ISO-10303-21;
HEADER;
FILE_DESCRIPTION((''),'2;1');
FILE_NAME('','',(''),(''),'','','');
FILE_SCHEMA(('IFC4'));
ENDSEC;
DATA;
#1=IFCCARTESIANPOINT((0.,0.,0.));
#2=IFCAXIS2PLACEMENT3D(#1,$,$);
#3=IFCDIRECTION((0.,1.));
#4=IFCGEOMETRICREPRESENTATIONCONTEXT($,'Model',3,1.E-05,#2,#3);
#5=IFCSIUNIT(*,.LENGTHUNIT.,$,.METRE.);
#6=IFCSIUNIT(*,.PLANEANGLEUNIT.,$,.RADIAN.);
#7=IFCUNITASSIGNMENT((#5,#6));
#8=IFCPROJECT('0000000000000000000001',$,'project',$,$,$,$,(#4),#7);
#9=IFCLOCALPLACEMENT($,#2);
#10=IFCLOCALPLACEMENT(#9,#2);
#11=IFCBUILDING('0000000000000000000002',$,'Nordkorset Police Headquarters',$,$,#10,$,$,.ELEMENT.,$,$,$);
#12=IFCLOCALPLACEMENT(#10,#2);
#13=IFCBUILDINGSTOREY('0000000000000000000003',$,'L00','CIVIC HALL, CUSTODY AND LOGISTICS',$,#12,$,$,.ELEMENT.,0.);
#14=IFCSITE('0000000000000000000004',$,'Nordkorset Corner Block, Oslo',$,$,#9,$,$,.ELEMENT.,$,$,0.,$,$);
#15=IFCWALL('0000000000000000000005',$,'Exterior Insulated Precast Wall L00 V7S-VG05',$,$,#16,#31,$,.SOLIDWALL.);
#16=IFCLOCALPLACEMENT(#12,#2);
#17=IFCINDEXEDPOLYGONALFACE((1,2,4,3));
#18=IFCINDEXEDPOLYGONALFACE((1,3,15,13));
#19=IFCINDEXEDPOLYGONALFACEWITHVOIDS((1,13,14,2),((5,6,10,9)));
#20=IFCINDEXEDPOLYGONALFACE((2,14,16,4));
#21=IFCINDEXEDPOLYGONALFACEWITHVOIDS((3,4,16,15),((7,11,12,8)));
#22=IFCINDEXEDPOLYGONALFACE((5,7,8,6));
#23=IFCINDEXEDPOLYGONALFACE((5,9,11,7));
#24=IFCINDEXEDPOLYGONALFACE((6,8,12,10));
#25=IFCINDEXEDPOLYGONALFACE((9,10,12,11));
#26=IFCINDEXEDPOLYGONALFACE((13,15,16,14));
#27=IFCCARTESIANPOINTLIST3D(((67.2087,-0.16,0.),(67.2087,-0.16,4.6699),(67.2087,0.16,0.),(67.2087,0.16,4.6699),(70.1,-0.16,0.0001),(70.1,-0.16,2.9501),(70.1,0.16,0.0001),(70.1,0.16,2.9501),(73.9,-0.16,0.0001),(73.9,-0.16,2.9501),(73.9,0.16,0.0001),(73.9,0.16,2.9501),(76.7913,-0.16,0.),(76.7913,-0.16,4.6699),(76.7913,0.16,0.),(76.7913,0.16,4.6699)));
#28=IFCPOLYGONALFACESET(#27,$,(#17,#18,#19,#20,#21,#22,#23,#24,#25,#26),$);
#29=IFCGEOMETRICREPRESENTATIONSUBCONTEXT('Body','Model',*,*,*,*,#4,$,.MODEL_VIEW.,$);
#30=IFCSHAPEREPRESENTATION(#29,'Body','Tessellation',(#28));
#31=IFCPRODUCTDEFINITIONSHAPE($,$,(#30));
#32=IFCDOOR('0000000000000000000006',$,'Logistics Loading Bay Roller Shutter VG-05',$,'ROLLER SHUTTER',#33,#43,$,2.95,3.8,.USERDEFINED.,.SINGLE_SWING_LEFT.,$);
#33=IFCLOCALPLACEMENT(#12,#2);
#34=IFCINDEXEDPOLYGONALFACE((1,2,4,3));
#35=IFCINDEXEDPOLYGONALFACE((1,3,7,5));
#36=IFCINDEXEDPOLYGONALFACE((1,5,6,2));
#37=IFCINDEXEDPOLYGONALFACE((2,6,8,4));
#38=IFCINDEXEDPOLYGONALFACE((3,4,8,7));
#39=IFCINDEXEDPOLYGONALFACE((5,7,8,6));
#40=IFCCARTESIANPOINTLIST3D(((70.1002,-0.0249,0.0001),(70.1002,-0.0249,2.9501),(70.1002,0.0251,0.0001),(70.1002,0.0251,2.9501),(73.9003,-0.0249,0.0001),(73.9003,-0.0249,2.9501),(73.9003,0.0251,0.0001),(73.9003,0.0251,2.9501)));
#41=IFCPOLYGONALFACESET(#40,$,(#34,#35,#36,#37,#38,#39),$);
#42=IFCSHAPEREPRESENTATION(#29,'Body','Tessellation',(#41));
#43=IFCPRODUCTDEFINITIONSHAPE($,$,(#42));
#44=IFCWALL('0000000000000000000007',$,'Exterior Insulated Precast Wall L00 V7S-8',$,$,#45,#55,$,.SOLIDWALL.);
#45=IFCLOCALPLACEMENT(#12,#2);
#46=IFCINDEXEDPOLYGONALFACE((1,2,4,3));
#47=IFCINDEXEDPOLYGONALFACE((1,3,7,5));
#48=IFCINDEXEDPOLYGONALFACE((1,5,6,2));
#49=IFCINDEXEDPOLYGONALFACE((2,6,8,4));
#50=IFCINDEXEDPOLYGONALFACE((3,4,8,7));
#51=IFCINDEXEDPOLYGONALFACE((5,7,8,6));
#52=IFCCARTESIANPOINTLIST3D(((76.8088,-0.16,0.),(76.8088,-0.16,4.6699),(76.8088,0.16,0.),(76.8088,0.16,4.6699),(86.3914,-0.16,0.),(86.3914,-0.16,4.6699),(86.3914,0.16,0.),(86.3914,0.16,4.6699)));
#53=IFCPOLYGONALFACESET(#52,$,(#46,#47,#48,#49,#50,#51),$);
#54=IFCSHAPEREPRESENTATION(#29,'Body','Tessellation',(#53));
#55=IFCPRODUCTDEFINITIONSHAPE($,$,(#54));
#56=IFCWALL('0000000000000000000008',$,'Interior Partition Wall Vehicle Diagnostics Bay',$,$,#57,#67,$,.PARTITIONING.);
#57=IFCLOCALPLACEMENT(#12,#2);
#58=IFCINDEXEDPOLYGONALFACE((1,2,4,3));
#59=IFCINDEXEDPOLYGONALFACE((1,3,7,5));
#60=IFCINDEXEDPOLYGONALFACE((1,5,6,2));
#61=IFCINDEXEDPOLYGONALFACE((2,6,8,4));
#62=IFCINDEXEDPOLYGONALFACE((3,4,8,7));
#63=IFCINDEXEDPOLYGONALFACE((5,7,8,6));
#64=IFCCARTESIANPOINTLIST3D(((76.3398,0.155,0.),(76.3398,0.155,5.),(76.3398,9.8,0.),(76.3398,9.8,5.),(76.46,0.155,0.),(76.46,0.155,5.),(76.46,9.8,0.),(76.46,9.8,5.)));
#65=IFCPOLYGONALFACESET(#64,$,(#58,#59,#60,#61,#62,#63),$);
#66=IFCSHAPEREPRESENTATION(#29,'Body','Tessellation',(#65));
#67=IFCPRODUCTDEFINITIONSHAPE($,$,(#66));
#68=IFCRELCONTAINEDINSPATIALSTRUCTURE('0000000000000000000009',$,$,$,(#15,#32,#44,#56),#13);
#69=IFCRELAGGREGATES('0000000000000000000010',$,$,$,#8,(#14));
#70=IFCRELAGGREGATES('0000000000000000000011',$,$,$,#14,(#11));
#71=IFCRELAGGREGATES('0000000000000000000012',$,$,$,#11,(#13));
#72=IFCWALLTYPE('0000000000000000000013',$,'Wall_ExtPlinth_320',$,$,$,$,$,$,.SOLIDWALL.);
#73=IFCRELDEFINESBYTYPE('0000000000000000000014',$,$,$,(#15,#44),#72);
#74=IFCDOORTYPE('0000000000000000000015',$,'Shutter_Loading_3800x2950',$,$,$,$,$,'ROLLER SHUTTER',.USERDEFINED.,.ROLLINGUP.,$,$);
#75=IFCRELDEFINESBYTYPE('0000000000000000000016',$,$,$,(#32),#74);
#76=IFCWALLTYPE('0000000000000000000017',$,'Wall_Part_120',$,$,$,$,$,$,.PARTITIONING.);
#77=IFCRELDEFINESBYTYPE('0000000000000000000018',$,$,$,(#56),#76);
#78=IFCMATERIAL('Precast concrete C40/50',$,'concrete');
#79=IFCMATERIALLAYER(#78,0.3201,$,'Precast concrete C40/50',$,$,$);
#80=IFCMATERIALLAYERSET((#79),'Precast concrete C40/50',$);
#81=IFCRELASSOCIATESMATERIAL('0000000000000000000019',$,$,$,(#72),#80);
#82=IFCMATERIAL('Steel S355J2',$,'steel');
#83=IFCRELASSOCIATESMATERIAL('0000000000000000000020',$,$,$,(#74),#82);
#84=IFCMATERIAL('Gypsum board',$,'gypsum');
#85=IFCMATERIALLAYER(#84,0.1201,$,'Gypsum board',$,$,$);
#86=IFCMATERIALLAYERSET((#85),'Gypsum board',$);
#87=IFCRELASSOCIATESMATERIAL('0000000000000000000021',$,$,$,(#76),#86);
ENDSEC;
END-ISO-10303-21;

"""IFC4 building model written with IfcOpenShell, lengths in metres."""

from ifc_helpers import new_model, si_unit, direction, frame, frame_2d, origin, place, context, subcontext, project, spatial, rectangle, extrude, material, layer, layer_set, type_object, element, fill, save


model = new_model("IFC4")

# Units and contexts
model_context = context("Model", 3, precision=1e-05, world=origin(), true_north=direction((0.0, 1.0)))
body_context = subcontext(model_context, "Body", "Model", "MODEL_VIEW")
ifc_project = project(units=[si_unit("LENGTHUNIT", "METRE"), si_unit("PLANEANGLEUNIT", "RADIAN")], contexts=[model_context])

# Site, building, storey
site_placement = place(None, origin())
site = spatial("IfcSite", under=ifc_project, at=site_placement, Name="Nordkorset Corner Block, Oslo", CompositionType="ELEMENT", RefElevation=0.0)
building_placement = place(site_placement, origin())
building = spatial("IfcBuilding", under=site, at=building_placement, Name="Nordkorset Police Headquarters", CompositionType="ELEMENT")
storey_placement = place(building_placement, origin())
storey = spatial("IfcBuildingStorey", under=building, at=storey_placement, Name="L00", Description="CIVIC HALL, CUSTODY AND LOGISTICS", CompositionType="ELEMENT", Elevation=0.0)

# Wall, opening, door
ifc_material_1 = material(Name="Precast concrete C40/50", Category="concrete")
ifc_layer_1 = layer(ifc_material_1, 0.3201, Name="Precast concrete C40/50")
ifc_layer_set_1 = layer_set([ifc_layer_1], Name="Precast concrete C40/50")
wall_type_1 = type_object("IfcWallType", Name="Wall_ExtPlinth_320", PredefinedType="SOLIDWALL", material=ifc_layer_set_1)
wall_1_placement = place(storey_placement, frame((67.2087, 0.0, 0.0), z_axis=(0.0, 0.0, 1.0), x_axis=(1.0, 0.0, 0.0)))
wall_1 = element("IfcWall", 1, at=wall_1_placement, inside=storey, type_object=wall_type_1, Name="Exterior Insulated Precast Wall L00 V7S-VG05", PredefinedType="SOLIDWALL", context=body_context, shape_type="SweptSolid", body=[
    extrude(rectangle(XDim=9.5825, YDim=0.3201, at=frame_2d((4.7913, 0.0))), origin(), (0.0, 0.0, 1.0), 4.6699),
])
opening_placement = place(wall_1_placement, frame((2.8914, 0.0, 0.0)))
opening = element("IfcOpeningElement", 2, at=opening_placement, cuts=wall_1, PredefinedType="OPENING", context=body_context, shape_type="SweptSolid", body=[
    extrude(rectangle(XDim=3.8, YDim=2.95, at=frame_2d((1.8999, 1.4751))), frame((0.0, 0.1699, 0.0), z_axis=(0.0, -1.0, 0.0), x_axis=(1.0, 0.0, 0.0)), (0.0, 0.0, 1.0), 0.3401),
])
ifc_material_2 = material(Name="Steel S355J2", Category="steel")
door_type = type_object("IfcDoorType", Name="Shutter_Loading_3800x2950", ElementType="ROLLER SHUTTER", OperationType="ROLLINGUP", PredefinedType="USERDEFINED", material=ifc_material_2)
door_placement = place(opening_placement, frame((3.8, 0.0, 0.0), z_axis=(0.0, 0.0, 1.0), x_axis=(-1.0, 0.0, 0.0)))
door = element("IfcDoor", 3, at=door_placement, inside=storey, type_object=door_type, Name="Logistics Loading Bay Roller Shutter VG-05", ObjectType="ROLLER SHUTTER", OperationType="SINGLE_SWING_LEFT", OverallHeight=2.95, OverallWidth=3.8, PredefinedType="USERDEFINED", context=body_context, shape_type="SweptSolid", body=[
    extrude(rectangle(XDim=3.8, YDim=2.95, at=frame_2d((1.8999, 1.4751))), frame((0.0, 0.0249, 0.0), z_axis=(0.0, -1.0, 0.0), x_axis=(1.0, 0.0, 0.0)), (0.0, 0.0, 1.0), 0.05),
])
fill(opening, door)

# Walls
wall_2_placement = place(storey_placement, frame((76.8088, 0.0, 0.0), z_axis=(0.0, 0.0, 1.0), x_axis=(1.0, 0.0, 0.0)))
element("IfcWall", 4, at=wall_2_placement, inside=storey, type_object=wall_type_1, Name="Exterior Insulated Precast Wall L00 V7S-8", PredefinedType="SOLIDWALL", context=body_context, shape_type="SweptSolid", body=[
    extrude(rectangle(XDim=9.5825, YDim=0.3201, at=frame_2d((4.7913, 0.0))), origin(), (0.0, 0.0, 1.0), 4.6699),
])
ifc_material_3 = material(Name="Gypsum board", Category="gypsum")
ifc_layer_2 = layer(ifc_material_3, 0.1201, Name="Gypsum board")
ifc_layer_set_2 = layer_set([ifc_layer_2], Name="Gypsum board")
wall_type_2 = type_object("IfcWallType", Name="Wall_Part_120", PredefinedType="PARTITIONING", material=ifc_layer_set_2)
wall_3_placement = place(storey_placement, frame((76.3999, 0.155, 0.0), z_axis=(0.0, 0.0, 1.0), x_axis=(0.0, 1.0, 0.0)))
element("IfcWall", 5, at=wall_3_placement, inside=storey, type_object=wall_type_2, Name="Interior Partition Wall Vehicle Diagnostics Bay", PredefinedType="PARTITIONING", context=body_context, shape_type="SweptSolid", body=[
    extrude(rectangle(XDim=9.645, YDim=0.1201, at=frame_2d((4.8225, 0.0))), origin(), (0.0, 0.0, 1.0), 5.0),
])

save(model, "model.ifc")
